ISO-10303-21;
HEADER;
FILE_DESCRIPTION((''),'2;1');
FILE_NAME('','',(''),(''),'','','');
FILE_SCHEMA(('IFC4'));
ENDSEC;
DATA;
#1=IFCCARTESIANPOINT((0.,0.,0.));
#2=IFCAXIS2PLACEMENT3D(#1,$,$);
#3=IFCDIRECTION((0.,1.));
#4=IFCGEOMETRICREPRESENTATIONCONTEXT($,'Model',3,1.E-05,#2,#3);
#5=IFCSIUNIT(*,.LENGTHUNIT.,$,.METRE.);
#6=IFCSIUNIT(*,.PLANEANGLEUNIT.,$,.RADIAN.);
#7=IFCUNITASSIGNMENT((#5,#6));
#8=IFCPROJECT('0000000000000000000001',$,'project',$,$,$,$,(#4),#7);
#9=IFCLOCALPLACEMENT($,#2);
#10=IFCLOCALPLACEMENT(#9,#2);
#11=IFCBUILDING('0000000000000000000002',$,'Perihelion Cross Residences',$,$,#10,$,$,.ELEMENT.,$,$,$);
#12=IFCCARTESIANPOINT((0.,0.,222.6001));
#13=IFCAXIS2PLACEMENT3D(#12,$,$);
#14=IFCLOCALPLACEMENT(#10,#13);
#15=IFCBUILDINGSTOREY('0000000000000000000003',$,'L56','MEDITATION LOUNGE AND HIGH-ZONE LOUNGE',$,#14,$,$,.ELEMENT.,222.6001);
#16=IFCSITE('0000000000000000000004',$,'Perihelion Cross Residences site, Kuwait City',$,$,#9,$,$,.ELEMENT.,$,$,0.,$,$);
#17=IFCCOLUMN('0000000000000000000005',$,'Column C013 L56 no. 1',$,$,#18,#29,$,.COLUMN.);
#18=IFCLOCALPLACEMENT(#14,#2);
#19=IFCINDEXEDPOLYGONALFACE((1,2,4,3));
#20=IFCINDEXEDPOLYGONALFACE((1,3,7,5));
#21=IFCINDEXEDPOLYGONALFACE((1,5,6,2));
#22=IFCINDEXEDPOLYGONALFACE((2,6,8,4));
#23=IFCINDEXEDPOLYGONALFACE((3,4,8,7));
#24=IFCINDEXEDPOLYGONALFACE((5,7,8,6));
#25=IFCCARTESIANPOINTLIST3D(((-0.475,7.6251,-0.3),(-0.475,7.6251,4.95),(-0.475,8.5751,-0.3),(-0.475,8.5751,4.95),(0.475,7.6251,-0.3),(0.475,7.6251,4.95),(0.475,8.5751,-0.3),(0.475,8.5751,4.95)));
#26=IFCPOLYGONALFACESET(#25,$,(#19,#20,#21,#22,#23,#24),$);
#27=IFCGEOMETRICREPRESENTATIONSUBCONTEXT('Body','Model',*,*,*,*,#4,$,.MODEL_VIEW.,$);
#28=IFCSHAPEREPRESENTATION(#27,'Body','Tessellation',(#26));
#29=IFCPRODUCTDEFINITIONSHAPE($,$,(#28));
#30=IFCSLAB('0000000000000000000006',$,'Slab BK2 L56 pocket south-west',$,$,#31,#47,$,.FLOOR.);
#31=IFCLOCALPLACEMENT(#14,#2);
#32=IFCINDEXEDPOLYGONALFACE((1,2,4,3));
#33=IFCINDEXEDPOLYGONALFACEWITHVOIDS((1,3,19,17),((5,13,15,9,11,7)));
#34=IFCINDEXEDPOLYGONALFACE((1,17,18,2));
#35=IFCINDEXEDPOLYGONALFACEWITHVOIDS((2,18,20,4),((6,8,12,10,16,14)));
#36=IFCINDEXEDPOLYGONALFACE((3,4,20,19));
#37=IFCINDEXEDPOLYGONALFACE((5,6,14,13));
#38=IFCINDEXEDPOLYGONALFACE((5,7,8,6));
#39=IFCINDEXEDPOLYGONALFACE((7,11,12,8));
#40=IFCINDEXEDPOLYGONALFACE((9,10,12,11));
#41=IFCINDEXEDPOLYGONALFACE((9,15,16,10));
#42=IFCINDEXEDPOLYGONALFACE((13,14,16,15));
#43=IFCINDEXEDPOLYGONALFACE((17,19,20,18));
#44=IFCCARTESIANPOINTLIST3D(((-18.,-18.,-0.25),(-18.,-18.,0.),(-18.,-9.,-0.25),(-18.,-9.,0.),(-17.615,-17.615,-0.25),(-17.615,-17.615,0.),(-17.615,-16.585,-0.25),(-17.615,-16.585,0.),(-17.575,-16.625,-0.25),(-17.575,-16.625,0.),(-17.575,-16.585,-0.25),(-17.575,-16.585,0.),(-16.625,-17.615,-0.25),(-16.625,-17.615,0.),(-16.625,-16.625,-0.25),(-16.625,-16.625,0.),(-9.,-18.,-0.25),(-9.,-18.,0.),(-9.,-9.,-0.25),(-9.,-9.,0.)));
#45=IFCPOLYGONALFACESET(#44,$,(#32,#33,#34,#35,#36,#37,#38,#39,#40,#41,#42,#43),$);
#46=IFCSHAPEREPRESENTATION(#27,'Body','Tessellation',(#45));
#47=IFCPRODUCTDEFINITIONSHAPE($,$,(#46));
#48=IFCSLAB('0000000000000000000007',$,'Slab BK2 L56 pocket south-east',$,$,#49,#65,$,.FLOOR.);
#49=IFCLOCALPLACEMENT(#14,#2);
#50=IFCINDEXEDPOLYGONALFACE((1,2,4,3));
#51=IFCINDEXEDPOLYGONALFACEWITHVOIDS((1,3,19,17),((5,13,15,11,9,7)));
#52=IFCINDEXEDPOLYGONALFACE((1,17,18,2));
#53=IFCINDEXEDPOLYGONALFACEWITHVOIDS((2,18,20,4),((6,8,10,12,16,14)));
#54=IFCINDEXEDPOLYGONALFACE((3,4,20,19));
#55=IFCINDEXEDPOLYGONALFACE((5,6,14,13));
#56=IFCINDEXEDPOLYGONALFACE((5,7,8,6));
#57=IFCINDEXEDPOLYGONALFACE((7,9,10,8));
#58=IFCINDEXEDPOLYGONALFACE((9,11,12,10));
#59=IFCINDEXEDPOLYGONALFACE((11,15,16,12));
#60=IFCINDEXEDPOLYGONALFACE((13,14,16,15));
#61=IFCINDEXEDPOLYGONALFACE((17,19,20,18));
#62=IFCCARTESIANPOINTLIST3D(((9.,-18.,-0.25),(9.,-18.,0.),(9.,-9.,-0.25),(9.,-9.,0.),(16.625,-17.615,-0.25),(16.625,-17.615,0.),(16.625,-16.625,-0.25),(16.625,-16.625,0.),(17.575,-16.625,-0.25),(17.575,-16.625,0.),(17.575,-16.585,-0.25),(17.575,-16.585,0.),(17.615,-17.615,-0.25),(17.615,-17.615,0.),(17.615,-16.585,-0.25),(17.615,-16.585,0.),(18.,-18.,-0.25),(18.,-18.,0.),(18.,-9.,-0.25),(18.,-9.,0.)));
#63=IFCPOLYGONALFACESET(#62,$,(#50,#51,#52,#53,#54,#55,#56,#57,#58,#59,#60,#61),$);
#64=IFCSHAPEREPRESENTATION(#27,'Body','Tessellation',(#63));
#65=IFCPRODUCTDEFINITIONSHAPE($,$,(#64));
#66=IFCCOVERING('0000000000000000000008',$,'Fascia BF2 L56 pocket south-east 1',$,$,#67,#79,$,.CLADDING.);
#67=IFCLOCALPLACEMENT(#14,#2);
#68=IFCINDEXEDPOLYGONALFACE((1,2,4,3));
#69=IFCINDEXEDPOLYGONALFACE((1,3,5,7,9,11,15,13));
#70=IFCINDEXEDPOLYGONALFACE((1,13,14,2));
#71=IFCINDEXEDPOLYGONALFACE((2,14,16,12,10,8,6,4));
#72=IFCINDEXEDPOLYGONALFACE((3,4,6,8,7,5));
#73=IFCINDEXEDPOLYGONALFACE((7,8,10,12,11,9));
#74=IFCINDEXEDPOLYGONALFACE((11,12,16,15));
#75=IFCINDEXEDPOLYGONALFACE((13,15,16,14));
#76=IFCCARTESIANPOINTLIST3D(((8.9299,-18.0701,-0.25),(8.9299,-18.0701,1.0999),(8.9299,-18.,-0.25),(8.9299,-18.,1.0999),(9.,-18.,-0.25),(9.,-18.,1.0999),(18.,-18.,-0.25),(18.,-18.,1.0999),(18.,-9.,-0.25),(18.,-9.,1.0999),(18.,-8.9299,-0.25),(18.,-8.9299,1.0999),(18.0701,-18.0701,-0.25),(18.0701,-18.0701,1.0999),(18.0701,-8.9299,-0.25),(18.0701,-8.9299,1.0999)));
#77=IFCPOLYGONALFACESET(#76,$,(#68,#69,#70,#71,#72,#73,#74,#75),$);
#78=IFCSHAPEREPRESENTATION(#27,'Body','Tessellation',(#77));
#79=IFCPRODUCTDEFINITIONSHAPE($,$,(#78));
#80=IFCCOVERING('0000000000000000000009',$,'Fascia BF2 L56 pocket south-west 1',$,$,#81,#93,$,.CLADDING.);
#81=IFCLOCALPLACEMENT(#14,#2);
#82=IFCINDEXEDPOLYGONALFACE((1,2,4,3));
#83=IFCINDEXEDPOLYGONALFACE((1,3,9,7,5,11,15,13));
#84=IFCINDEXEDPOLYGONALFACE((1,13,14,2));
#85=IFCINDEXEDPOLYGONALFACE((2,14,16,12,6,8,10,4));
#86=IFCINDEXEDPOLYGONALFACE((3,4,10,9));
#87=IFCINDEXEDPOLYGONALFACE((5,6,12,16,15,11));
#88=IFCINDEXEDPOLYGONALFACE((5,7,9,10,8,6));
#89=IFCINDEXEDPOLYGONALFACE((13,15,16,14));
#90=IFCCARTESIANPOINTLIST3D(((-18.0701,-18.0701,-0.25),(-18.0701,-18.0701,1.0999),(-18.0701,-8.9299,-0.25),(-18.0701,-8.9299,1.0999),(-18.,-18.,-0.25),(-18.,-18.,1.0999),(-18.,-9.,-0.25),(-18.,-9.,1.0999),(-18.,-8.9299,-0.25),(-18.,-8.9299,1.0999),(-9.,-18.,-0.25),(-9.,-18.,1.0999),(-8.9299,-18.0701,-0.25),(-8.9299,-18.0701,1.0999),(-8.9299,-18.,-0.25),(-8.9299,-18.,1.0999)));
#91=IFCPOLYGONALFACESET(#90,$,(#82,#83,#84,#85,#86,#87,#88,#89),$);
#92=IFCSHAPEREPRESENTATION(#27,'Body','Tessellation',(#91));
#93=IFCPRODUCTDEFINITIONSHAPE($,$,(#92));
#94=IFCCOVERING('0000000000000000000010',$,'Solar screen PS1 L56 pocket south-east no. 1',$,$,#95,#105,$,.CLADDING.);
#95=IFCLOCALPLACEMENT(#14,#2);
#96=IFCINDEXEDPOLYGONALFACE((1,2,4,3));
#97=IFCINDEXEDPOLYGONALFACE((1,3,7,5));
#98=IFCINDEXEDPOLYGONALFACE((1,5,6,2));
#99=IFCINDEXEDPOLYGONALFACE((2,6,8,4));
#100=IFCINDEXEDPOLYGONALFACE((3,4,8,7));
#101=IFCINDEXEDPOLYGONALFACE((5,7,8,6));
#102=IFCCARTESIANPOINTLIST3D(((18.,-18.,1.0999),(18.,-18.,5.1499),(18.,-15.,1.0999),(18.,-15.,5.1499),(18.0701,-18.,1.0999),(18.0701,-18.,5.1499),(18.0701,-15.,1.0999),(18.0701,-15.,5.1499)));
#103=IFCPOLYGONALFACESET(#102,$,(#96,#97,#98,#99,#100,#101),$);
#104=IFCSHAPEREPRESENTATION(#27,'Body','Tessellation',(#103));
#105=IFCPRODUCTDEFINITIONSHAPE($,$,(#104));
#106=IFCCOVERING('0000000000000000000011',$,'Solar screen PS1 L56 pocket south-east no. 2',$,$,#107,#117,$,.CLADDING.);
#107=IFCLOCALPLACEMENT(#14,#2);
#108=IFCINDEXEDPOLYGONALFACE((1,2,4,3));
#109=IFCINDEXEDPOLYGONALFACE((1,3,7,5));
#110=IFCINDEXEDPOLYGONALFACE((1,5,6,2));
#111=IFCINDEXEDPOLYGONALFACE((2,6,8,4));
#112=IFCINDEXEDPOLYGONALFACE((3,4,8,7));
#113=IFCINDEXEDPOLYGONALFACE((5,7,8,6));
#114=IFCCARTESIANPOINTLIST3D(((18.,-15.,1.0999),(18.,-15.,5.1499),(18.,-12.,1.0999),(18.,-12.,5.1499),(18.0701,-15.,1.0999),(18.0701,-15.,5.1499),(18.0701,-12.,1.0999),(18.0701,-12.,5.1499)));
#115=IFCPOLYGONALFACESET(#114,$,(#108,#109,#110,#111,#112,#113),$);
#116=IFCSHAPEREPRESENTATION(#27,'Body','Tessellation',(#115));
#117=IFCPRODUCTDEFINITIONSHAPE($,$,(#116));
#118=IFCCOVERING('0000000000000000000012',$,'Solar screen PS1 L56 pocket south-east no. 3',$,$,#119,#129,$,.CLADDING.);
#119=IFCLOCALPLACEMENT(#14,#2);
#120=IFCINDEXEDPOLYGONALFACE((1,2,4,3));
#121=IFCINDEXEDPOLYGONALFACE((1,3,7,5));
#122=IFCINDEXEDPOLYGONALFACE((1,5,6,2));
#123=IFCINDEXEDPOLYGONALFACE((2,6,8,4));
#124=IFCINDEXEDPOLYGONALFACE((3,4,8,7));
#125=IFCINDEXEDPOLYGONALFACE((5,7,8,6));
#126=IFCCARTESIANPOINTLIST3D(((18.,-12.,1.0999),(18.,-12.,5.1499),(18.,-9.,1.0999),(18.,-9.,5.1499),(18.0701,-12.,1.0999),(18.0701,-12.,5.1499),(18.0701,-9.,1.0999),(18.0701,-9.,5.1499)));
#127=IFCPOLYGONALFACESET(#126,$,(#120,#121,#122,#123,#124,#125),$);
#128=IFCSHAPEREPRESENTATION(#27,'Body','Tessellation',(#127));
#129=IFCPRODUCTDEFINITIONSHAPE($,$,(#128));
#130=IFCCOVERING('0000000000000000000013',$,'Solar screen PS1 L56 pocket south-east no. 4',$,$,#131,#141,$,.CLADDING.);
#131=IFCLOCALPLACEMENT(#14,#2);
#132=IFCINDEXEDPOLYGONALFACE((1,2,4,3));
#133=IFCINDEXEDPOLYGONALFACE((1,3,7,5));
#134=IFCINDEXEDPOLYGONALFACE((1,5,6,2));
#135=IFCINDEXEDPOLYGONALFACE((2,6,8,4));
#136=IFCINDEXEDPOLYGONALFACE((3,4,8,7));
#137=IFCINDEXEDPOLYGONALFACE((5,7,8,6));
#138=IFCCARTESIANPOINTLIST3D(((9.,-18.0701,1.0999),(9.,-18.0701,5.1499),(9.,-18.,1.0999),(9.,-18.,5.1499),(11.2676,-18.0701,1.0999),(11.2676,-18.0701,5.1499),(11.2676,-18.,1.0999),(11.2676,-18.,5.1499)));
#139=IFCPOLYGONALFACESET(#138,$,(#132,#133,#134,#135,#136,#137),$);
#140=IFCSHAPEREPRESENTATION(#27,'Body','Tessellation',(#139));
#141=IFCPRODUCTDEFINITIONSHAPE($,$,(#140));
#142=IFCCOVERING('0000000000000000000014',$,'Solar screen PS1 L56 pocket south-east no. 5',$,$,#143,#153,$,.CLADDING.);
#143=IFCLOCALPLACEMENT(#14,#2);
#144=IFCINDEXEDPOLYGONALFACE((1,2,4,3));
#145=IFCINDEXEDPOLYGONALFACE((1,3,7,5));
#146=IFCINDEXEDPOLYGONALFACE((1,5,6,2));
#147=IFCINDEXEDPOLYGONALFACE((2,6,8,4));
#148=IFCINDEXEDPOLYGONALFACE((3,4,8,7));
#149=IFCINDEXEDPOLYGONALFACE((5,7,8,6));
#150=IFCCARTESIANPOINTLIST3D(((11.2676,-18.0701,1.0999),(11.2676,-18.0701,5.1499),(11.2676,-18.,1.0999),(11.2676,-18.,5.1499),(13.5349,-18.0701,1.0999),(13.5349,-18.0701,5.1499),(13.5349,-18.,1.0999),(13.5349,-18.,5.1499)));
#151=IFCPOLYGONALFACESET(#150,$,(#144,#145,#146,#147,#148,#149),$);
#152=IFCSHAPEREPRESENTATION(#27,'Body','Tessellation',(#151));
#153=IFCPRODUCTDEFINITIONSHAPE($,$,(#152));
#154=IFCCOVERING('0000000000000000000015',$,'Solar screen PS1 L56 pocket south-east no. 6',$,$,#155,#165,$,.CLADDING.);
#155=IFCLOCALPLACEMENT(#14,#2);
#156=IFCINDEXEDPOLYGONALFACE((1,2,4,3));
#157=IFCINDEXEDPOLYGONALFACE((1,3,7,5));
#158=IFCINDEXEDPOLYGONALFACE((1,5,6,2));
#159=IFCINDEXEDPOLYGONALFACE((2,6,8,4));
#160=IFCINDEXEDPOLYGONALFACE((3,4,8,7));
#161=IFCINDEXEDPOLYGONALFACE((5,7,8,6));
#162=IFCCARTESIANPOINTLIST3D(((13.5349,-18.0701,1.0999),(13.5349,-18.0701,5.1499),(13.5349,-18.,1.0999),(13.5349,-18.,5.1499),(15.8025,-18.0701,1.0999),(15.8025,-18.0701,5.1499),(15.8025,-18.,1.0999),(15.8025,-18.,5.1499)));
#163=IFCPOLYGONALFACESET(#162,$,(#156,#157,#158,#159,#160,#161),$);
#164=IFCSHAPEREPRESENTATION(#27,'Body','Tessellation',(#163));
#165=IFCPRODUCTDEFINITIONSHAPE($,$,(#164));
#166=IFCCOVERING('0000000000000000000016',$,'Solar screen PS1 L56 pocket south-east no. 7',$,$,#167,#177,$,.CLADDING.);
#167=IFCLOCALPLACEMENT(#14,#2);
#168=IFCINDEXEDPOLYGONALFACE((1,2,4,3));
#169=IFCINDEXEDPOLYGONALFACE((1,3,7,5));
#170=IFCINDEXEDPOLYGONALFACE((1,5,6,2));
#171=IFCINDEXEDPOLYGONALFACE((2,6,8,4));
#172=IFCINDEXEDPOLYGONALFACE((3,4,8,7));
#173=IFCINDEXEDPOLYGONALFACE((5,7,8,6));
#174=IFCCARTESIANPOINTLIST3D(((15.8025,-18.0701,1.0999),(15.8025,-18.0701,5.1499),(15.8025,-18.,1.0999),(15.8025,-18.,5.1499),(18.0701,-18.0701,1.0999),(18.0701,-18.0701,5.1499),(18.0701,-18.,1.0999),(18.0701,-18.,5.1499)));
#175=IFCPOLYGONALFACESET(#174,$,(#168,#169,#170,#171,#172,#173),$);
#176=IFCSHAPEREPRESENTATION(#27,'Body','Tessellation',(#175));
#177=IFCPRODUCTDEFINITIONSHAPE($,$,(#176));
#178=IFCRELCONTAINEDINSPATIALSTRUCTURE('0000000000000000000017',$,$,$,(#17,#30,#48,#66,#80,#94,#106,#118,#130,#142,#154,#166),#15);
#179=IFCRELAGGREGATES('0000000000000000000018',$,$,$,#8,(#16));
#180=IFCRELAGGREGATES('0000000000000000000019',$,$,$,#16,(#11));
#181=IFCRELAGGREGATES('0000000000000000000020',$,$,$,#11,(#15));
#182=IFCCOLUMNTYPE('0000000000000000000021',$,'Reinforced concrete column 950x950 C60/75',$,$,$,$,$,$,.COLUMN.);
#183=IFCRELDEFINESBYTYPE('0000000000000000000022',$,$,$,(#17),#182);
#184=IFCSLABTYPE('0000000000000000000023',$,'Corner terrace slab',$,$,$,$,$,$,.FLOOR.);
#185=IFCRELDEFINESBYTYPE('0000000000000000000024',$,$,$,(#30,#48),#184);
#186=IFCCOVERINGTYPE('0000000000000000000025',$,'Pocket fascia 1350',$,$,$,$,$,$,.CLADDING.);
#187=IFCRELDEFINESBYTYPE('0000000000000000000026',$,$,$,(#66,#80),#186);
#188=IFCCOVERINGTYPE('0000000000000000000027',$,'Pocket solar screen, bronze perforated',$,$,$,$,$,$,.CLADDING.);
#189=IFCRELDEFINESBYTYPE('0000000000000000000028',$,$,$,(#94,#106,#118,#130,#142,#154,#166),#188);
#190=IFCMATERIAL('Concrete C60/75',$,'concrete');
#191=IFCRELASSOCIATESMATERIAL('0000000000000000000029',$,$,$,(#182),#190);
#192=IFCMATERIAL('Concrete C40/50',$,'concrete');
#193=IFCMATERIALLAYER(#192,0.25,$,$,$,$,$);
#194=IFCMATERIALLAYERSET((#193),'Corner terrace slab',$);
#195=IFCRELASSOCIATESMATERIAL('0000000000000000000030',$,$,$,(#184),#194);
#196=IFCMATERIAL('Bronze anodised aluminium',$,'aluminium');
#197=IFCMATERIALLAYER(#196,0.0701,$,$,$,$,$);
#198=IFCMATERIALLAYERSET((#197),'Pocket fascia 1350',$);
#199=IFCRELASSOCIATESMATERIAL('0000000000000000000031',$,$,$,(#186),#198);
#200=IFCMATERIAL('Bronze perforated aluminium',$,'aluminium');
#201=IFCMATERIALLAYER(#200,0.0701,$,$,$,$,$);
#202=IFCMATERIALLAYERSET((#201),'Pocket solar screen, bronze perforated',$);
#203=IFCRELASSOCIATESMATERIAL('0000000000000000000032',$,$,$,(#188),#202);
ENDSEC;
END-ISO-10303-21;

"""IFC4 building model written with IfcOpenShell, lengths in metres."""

from ifc_helpers import new_model, si_unit, direction, frame, origin, origin_2d, place, context, subcontext, project, spatial, polyline, rectangle, outline, extrude, material, layer, layer_set, material_profile, profile_set, type_object, element, save


model = new_model("IFC4")

# Units and contexts
model_context = context("Model", 3, precision=1e-05, world=origin(), true_north=direction((0.0, 1.0)))
body_context = subcontext(model_context, "Body", "Model", "MODEL_VIEW")
ifc_project = project(units=[si_unit("LENGTHUNIT", "METRE"), si_unit("PLANEANGLEUNIT", "RADIAN")], contexts=[model_context])

# Site, building, storey
site_placement = place(None, origin())
site = spatial("IfcSite", under=ifc_project, at=site_placement, Name="Perihelion Cross Residences site, Kuwait City", CompositionType="ELEMENT", RefElevation=0.0)
building_placement = place(site_placement, origin())
building = spatial("IfcBuilding", under=site, at=building_placement, Name="Perihelion Cross Residences", CompositionType="ELEMENT")
storey_placement = place(building_placement, frame((0.0, 0.0, 222.6001)))
storey = spatial("IfcBuildingStorey", under=building, at=storey_placement, Name="L56", Description="MEDITATION LOUNGE AND HIGH-ZONE LOUNGE", CompositionType="ELEMENT", Elevation=222.6001)

# Column
ifc_material_1 = material(Name="Concrete C60/75", Category="concrete")
ifc_material_profile = material_profile(ifc_material_1, rectangle(XDim=0.95, YDim=0.95, at=origin_2d()), Name="RC 950x950")
ifc_profile_set = profile_set([ifc_material_profile], Name="Concrete C60/75")
column_type = type_object("IfcColumnType", Name="Reinforced concrete column 950x950 C60/75", PredefinedType="COLUMN", material=ifc_profile_set)
column_placement = place(storey_placement, frame((0.0, 8.1001, -0.3), z_axis=(0.0, 0.0, 1.0), x_axis=(1.0, 0.0, 0.0)))
element("IfcColumn", 1, at=column_placement, inside=storey, type_object=column_type, Name="Column C013 L56 no. 1", PredefinedType="COLUMN", context=body_context, shape_type="SweptSolid", body=[
    extrude(rectangle(XDim=0.95, YDim=0.95, at=origin_2d()), origin(), (0.0, 0.0, 1.0), 5.25),
])

# Slabs
ifc_material_2 = material(Name="Concrete C40/50", Category="concrete")
ifc_layer_1 = layer(ifc_material_2, 0.25)
ifc_layer_set_1 = layer_set([ifc_layer_1], Name="Corner terrace slab")
slab_type = type_object("IfcSlabType", Name="Corner terrace slab", PredefinedType="FLOOR", material=ifc_layer_set_1)
slab_1_placement = place(storey_placement, frame((0.0, 0.0, -0.25)))
element("IfcSlab", 2, at=slab_1_placement, inside=storey, type_object=slab_type, Name="Slab BK2 L56 pocket south-west", PredefinedType="FLOOR", context=body_context, shape_type="SweptSolid", body=[
    extrude(outline(polyline([(-9.0, -18.0), (-9.0, -9.0), (-18.0, -9.0), (-18.0, -18.0), (-9.0, -18.0)]), holes=[polyline([(-16.625, -17.615), (-17.615, -17.615), (-17.615, -16.585), (-17.575, -16.585), (-17.575, -16.625), (-16.625, -16.625), (-16.625, -17.615)])]), origin(), (0.0, 0.0, 1.0), 0.25),
])
slab_2_placement = place(storey_placement, frame((0.0, 0.0, -0.25)))
element("IfcSlab", 3, at=slab_2_placement, inside=storey, type_object=slab_type, Name="Slab BK2 L56 pocket south-east", PredefinedType="FLOOR", context=body_context, shape_type="SweptSolid", body=[
    extrude(outline(polyline([(18.0, -18.0), (18.0, -9.0), (9.0, -9.0), (9.0, -18.0), (18.0, -18.0)]), holes=[polyline([(16.625, -17.615), (16.625, -16.625), (17.575, -16.625), (17.575, -16.585), (17.615, -16.585), (17.615, -17.615), (16.625, -17.615)])]), origin(), (0.0, 0.0, 1.0), 0.25),
])

# Coverings
ifc_material_3 = material(Name="Bronze anodised aluminium", Category="aluminium")
ifc_layer_2 = layer(ifc_material_3, 0.0701)
ifc_layer_set_2 = layer_set([ifc_layer_2], Name="Pocket fascia 1350")
covering_type_1 = type_object("IfcCoveringType", Name="Pocket fascia 1350", PredefinedType="CLADDING", material=ifc_layer_set_2)
covering_1_placement = place(storey_placement, frame((0.0, 0.0, -0.25)))
element("IfcCovering", 4, at=covering_1_placement, inside=storey, type_object=covering_type_1, Name="Fascia BF2 L56 pocket south-east 1", PredefinedType="CLADDING", context=body_context, shape_type="SweptSolid", body=[
    extrude(outline(polyline([(8.9299, -18.0701), (18.0701, -18.0701), (18.0701, -8.9299), (18.0, -8.9299), (18.0, -9.0), (18.0, -9.0), (18.0, -18.0), (9.0, -18.0), (9.0, -18.0), (8.9299, -18.0), (8.9299, -18.0701)])), origin(), (0.0, 0.0, 1.0), 1.3499),
])
covering_2_placement = place(storey_placement, frame((0.0, 0.0, -0.25)))
element("IfcCovering", 5, at=covering_2_placement, inside=storey, type_object=covering_type_1, Name="Fascia BF2 L56 pocket south-west 1", PredefinedType="CLADDING", context=body_context, shape_type="SweptSolid", body=[
    extrude(outline(polyline([(-18.0701, -18.0701), (-8.9299, -18.0701), (-8.9299, -18.0), (-9.0, -18.0), (-9.0, -18.0), (-18.0, -18.0), (-18.0, -9.0), (-18.0, -9.0), (-18.0, -8.9299), (-18.0701, -8.9299), (-18.0701, -18.0701)])), origin(), (0.0, 0.0, 1.0), 1.3499),
])
ifc_material_4 = material(Name="Bronze perforated aluminium", Category="aluminium")
ifc_layer_3 = layer(ifc_material_4, 0.0701)
ifc_layer_set_3 = layer_set([ifc_layer_3], Name="Pocket solar screen, bronze perforated")
covering_type_2 = type_object("IfcCoveringType", Name="Pocket solar screen, bronze perforated", PredefinedType="CLADDING", material=ifc_layer_set_3)
covering_3_placement = place(storey_placement, frame((0.0, 0.0, 1.0999)))
element("IfcCovering", 6, at=covering_3_placement, inside=storey, type_object=covering_type_2, Name="Solar screen PS1 L56 pocket south-east no. 1", PredefinedType="CLADDING", context=body_context, shape_type="SweptSolid", body=[
    extrude(outline(polyline([(18.0701, -18.0), (18.0701, -15.0), (18.0, -15.0), (18.0, -18.0), (18.0701, -18.0)])), origin(), (0.0, 0.0, 1.0), 4.05),
])
covering_4_placement = place(storey_placement, frame((0.0, 0.0, 1.0999)))
element("IfcCovering", 7, at=covering_4_placement, inside=storey, type_object=covering_type_2, Name="Solar screen PS1 L56 pocket south-east no. 2", PredefinedType="CLADDING", context=body_context, shape_type="SweptSolid", body=[
    extrude(outline(polyline([(18.0701, -15.0), (18.0701, -12.0), (18.0, -12.0), (18.0, -15.0), (18.0701, -15.0)])), origin(), (0.0, 0.0, 1.0), 4.05),
])
covering_5_placement = place(storey_placement, frame((0.0, 0.0, 1.0999)))
element("IfcCovering", 8, at=covering_5_placement, inside=storey, type_object=covering_type_2, Name="Solar screen PS1 L56 pocket south-east no. 3", PredefinedType="CLADDING", context=body_context, shape_type="SweptSolid", body=[
    extrude(outline(polyline([(18.0701, -12.0), (18.0701, -9.0), (18.0, -9.0), (18.0, -12.0), (18.0701, -12.0)])), origin(), (0.0, 0.0, 1.0), 4.05),
])
covering_6_placement = place(storey_placement, frame((0.0, 0.0, 1.0999)))
element("IfcCovering", 9, at=covering_6_placement, inside=storey, type_object=covering_type_2, Name="Solar screen PS1 L56 pocket south-east no. 4", PredefinedType="CLADDING", context=body_context, shape_type="SweptSolid", body=[
    extrude(outline(polyline([(11.2676, -18.0701), (11.2676, -18.0), (9.0, -18.0), (9.0, -18.0701), (11.2676, -18.0701)])), origin(), (0.0, 0.0, 1.0), 4.05),
])
covering_7_placement = place(storey_placement, frame((0.0, 0.0, 1.0999)))
element("IfcCovering", 10, at=covering_7_placement, inside=storey, type_object=covering_type_2, Name="Solar screen PS1 L56 pocket south-east no. 5", PredefinedType="CLADDING", context=body_context, shape_type="SweptSolid", body=[
    extrude(outline(polyline([(13.5349, -18.0701), (13.5349, -18.0), (11.2676, -18.0), (11.2676, -18.0701), (13.5349, -18.0701)])), origin(), (0.0, 0.0, 1.0), 4.05),
])
covering_8_placement = place(storey_placement, frame((0.0, 0.0, 1.0999)))
element("IfcCovering", 11, at=covering_8_placement, inside=storey, type_object=covering_type_2, Name="Solar screen PS1 L56 pocket south-east no. 6", PredefinedType="CLADDING", context=body_context, shape_type="SweptSolid", body=[
    extrude(outline(polyline([(15.8025, -18.0701), (15.8025, -18.0), (13.5349, -18.0), (13.5349, -18.0701), (15.8025, -18.0701)])), origin(), (0.0, 0.0, 1.0), 4.05),
])
covering_9_placement = place(storey_placement, frame((0.0, 0.0, 1.0999)))
element("IfcCovering", 12, at=covering_9_placement, inside=storey, type_object=covering_type_2, Name="Solar screen PS1 L56 pocket south-east no. 7", PredefinedType="CLADDING", context=body_context, shape_type="SweptSolid", body=[
    extrude(outline(polyline([(18.0701, -18.0701), (18.0701, -18.0), (15.8025, -18.0), (15.8025, -18.0701), (18.0701, -18.0701)])), origin(), (0.0, 0.0, 1.0), 4.05),
])

save(model, "model.ifc")
